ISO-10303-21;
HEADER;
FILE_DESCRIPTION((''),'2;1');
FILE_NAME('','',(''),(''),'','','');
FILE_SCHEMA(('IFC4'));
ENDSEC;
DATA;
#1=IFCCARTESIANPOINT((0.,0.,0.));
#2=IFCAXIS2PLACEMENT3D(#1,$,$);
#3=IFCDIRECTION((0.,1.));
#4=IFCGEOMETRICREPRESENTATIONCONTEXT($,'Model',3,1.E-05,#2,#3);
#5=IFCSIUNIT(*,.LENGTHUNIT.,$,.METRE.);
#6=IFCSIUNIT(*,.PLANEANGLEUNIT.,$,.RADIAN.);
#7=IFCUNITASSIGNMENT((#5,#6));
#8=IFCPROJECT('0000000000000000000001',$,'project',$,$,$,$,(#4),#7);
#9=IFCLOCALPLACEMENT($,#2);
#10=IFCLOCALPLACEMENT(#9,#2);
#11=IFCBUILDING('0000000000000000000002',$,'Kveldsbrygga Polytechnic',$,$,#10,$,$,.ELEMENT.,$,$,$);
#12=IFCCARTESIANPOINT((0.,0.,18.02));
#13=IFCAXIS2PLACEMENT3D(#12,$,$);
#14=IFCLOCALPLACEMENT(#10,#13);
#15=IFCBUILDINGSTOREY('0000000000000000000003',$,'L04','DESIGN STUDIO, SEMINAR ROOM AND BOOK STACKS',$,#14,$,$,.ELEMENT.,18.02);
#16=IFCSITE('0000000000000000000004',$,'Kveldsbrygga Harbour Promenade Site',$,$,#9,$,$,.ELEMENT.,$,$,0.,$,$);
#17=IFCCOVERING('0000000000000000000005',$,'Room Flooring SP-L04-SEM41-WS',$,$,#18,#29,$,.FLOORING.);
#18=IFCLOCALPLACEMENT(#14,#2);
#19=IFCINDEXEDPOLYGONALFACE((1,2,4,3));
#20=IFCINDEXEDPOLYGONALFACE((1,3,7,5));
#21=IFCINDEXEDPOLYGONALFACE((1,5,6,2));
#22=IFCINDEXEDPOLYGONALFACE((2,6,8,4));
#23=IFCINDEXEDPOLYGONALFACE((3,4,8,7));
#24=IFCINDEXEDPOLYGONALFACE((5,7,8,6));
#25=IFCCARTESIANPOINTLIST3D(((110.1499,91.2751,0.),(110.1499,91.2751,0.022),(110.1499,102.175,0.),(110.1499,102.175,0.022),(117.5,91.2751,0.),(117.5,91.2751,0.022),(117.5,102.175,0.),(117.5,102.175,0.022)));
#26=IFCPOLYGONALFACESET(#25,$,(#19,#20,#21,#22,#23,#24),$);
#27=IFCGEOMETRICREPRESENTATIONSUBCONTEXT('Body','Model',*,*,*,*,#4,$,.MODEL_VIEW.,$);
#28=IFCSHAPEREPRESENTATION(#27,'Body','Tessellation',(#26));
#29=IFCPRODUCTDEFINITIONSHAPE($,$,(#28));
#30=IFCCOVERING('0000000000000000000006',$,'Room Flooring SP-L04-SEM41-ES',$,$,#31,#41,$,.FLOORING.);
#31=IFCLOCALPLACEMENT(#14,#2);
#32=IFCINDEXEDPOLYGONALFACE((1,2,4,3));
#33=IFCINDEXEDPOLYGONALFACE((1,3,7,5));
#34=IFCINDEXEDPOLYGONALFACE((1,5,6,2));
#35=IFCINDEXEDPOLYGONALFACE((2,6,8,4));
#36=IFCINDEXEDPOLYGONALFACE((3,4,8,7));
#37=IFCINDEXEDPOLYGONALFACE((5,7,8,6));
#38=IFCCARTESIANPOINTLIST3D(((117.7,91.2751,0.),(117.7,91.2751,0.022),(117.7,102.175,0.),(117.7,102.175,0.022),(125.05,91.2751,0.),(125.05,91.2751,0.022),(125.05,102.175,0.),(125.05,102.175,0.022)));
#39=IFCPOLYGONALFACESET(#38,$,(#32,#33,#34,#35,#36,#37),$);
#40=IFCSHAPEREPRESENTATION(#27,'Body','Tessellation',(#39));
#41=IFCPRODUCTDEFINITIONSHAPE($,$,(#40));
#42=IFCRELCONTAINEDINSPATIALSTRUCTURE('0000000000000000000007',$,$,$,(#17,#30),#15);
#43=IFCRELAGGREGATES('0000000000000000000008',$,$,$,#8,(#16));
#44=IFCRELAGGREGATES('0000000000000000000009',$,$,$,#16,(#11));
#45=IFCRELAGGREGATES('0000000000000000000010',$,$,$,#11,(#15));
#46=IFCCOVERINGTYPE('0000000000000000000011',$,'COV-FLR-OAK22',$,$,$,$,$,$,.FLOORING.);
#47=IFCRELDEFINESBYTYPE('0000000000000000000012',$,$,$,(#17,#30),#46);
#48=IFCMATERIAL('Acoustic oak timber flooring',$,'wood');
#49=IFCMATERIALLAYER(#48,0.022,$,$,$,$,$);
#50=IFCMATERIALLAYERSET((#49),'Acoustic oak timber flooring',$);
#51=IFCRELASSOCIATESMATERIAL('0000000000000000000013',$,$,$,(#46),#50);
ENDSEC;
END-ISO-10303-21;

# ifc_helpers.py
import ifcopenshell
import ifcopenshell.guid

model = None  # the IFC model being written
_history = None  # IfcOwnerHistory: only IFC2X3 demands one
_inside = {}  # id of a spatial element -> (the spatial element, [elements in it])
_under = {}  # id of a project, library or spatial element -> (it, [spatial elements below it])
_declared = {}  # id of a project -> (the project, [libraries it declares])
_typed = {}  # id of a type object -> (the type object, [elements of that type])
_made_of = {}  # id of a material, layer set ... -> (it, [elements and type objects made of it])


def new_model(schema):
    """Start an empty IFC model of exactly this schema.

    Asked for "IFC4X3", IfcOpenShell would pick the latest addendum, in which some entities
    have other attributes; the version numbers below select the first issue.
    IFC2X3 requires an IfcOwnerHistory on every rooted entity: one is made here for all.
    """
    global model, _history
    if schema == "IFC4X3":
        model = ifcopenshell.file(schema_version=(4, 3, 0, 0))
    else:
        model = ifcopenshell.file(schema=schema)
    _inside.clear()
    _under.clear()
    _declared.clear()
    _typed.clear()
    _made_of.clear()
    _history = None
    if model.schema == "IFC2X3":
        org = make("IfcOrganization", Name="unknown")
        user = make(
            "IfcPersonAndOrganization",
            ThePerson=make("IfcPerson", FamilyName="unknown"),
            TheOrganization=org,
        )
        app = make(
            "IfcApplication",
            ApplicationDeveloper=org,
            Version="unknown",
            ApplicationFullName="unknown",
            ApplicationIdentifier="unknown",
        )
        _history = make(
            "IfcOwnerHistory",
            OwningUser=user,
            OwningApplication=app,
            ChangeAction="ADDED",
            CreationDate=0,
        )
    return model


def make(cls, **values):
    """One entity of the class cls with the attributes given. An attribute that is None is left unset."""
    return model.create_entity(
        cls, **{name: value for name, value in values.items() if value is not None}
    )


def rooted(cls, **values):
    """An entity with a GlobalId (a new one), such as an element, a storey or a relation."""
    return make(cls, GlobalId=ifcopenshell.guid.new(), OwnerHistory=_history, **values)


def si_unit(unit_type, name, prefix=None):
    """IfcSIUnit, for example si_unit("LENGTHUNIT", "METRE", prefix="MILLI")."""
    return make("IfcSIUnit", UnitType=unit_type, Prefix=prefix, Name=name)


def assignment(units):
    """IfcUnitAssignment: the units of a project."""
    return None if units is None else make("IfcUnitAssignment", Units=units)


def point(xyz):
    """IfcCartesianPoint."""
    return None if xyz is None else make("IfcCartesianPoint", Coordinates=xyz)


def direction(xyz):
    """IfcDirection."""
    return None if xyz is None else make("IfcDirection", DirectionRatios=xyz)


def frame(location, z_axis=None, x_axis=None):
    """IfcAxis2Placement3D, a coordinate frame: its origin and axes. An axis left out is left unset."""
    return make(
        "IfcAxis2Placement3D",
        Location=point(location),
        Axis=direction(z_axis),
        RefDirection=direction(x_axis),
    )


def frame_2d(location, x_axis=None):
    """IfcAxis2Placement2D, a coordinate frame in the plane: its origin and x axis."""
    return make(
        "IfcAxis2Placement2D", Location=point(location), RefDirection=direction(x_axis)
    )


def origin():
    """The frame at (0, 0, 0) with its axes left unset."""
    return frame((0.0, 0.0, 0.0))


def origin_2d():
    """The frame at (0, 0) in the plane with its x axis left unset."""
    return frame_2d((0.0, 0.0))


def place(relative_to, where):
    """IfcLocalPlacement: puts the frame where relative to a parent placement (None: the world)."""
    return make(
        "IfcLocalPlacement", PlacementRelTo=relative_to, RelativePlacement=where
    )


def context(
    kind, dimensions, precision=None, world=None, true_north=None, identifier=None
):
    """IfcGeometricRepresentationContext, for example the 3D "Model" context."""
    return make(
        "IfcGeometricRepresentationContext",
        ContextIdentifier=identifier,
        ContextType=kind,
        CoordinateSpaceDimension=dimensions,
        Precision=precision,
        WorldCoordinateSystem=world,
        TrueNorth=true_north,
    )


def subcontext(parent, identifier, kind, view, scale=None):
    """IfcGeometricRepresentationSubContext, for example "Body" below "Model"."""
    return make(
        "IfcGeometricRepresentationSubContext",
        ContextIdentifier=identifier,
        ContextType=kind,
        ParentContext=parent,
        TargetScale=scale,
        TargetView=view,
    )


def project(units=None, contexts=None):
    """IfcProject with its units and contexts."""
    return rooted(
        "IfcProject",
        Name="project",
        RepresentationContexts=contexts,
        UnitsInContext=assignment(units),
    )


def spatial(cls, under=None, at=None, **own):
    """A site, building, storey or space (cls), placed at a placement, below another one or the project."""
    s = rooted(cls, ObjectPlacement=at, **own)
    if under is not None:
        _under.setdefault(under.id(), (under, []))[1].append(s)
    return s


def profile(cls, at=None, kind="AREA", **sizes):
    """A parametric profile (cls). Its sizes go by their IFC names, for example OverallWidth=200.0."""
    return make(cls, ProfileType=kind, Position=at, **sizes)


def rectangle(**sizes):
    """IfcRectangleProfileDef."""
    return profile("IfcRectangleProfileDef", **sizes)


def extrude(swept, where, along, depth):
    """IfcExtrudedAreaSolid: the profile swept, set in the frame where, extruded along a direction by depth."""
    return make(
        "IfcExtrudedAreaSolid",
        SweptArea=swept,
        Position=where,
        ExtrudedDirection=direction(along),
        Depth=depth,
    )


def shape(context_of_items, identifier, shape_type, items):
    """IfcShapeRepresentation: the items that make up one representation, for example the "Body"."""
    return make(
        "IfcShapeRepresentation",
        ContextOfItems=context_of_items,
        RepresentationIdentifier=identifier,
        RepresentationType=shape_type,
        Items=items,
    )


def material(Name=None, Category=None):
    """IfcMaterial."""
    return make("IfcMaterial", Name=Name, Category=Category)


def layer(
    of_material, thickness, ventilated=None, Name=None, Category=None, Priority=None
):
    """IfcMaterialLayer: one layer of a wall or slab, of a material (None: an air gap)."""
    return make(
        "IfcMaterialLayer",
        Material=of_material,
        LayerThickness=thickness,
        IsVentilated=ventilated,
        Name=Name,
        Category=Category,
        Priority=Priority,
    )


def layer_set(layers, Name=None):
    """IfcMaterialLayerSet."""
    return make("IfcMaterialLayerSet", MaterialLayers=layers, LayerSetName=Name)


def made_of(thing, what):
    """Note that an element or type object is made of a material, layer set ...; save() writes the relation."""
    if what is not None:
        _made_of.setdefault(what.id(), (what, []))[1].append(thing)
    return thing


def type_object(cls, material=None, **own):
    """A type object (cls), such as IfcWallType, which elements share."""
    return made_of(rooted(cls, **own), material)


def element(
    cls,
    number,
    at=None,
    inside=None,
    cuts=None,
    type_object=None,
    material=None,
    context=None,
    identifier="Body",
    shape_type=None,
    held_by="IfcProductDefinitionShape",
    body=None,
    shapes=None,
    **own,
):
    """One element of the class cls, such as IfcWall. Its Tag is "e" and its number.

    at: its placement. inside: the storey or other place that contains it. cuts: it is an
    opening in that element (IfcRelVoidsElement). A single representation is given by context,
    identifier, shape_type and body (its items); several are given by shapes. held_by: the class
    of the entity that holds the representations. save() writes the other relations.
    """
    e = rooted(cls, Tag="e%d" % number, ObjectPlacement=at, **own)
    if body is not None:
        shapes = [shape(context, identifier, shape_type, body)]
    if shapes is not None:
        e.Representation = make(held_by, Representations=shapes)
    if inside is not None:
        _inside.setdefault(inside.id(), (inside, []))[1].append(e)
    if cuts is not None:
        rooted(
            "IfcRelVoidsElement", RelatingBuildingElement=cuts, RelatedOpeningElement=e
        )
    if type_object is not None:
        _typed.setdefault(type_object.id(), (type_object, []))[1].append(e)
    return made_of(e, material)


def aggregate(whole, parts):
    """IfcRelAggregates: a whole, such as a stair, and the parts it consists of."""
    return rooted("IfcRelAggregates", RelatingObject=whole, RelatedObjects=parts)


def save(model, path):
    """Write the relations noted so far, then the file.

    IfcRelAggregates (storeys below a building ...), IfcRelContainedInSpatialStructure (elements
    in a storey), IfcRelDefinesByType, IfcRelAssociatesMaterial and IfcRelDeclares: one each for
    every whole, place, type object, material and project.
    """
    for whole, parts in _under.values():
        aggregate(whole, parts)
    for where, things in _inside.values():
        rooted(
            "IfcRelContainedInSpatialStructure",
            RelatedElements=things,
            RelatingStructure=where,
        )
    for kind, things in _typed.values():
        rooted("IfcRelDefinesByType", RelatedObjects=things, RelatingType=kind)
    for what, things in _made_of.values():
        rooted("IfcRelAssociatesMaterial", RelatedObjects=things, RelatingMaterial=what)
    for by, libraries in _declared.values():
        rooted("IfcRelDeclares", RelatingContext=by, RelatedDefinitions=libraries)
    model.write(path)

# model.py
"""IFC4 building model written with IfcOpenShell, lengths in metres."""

from ifc_helpers import new_model, si_unit, direction, frame, origin, origin_2d, place, context, subcontext, project, spatial, rectangle, extrude, material, layer, layer_set, type_object, element, save


model = new_model("IFC4")

# Units and contexts
model_context = context("Model", 3, precision=1e-05, world=origin(), true_north=direction((0.0, 1.0)))
body_context = subcontext(model_context, "Body", "Model", "MODEL_VIEW")
ifc_project = project(units=[si_unit("LENGTHUNIT", "METRE"), si_unit("PLANEANGLEUNIT", "RADIAN")], contexts=[model_context])

# Site, building, storey
site_placement = place(None, origin())
site = spatial("IfcSite", under=ifc_project, at=site_placement, Name="Kveldsbrygga Harbour Promenade Site", CompositionType="ELEMENT", RefElevation=0.0)
building_placement = place(site_placement, origin())
building = spatial("IfcBuilding", under=site, at=building_placement, Name="Kveldsbrygga Polytechnic", CompositionType="ELEMENT")
storey_placement = place(building_placement, frame((0.0, 0.0, 18.02)))
storey = spatial("IfcBuildingStorey", under=building, at=storey_placement, Name="L04", Description="DESIGN STUDIO, SEMINAR ROOM AND BOOK STACKS", CompositionType="ELEMENT", Elevation=18.02)

# Coverings
ifc_material_1 = material(Name="Acoustic oak timber flooring", Category="wood")
ifc_layer_1 = layer(ifc_material_1, 0.022)
ifc_layer_set_1 = layer_set([ifc_layer_1], Name="Acoustic oak timber flooring")
covering_type = type_object("IfcCoveringType", Name="COV-FLR-OAK22", PredefinedType="FLOORING", material=ifc_layer_set_1)
for number, where, z_axis, x_axis, name in (
    (1, (113.825, 96.7251, 0.0), (0.0, 0.0, 1.0), (1.0, 0.0, 0.0), "Room Flooring SP-L04-SEM41-WS"),
    (2, (121.375, 96.7251, 0.0), (0.0, 0.0, 1.0), (1.0, 0.0, 0.0), "Room Flooring SP-L04-SEM41-ES"),
):
    element("IfcCovering", number, at=place(storey_placement, frame(where, z_axis=z_axis, x_axis=x_axis)), inside=storey, type_object=covering_type, Name=name, PredefinedType="FLOORING", context=body_context, shape_type="SweptSolid", body=[
        extrude(rectangle(XDim=7.3501, YDim=10.8999, at=origin_2d()), origin(), (0.0, 0.0, 1.0), 0.022),
    ])

save(model, "model.ifc")
